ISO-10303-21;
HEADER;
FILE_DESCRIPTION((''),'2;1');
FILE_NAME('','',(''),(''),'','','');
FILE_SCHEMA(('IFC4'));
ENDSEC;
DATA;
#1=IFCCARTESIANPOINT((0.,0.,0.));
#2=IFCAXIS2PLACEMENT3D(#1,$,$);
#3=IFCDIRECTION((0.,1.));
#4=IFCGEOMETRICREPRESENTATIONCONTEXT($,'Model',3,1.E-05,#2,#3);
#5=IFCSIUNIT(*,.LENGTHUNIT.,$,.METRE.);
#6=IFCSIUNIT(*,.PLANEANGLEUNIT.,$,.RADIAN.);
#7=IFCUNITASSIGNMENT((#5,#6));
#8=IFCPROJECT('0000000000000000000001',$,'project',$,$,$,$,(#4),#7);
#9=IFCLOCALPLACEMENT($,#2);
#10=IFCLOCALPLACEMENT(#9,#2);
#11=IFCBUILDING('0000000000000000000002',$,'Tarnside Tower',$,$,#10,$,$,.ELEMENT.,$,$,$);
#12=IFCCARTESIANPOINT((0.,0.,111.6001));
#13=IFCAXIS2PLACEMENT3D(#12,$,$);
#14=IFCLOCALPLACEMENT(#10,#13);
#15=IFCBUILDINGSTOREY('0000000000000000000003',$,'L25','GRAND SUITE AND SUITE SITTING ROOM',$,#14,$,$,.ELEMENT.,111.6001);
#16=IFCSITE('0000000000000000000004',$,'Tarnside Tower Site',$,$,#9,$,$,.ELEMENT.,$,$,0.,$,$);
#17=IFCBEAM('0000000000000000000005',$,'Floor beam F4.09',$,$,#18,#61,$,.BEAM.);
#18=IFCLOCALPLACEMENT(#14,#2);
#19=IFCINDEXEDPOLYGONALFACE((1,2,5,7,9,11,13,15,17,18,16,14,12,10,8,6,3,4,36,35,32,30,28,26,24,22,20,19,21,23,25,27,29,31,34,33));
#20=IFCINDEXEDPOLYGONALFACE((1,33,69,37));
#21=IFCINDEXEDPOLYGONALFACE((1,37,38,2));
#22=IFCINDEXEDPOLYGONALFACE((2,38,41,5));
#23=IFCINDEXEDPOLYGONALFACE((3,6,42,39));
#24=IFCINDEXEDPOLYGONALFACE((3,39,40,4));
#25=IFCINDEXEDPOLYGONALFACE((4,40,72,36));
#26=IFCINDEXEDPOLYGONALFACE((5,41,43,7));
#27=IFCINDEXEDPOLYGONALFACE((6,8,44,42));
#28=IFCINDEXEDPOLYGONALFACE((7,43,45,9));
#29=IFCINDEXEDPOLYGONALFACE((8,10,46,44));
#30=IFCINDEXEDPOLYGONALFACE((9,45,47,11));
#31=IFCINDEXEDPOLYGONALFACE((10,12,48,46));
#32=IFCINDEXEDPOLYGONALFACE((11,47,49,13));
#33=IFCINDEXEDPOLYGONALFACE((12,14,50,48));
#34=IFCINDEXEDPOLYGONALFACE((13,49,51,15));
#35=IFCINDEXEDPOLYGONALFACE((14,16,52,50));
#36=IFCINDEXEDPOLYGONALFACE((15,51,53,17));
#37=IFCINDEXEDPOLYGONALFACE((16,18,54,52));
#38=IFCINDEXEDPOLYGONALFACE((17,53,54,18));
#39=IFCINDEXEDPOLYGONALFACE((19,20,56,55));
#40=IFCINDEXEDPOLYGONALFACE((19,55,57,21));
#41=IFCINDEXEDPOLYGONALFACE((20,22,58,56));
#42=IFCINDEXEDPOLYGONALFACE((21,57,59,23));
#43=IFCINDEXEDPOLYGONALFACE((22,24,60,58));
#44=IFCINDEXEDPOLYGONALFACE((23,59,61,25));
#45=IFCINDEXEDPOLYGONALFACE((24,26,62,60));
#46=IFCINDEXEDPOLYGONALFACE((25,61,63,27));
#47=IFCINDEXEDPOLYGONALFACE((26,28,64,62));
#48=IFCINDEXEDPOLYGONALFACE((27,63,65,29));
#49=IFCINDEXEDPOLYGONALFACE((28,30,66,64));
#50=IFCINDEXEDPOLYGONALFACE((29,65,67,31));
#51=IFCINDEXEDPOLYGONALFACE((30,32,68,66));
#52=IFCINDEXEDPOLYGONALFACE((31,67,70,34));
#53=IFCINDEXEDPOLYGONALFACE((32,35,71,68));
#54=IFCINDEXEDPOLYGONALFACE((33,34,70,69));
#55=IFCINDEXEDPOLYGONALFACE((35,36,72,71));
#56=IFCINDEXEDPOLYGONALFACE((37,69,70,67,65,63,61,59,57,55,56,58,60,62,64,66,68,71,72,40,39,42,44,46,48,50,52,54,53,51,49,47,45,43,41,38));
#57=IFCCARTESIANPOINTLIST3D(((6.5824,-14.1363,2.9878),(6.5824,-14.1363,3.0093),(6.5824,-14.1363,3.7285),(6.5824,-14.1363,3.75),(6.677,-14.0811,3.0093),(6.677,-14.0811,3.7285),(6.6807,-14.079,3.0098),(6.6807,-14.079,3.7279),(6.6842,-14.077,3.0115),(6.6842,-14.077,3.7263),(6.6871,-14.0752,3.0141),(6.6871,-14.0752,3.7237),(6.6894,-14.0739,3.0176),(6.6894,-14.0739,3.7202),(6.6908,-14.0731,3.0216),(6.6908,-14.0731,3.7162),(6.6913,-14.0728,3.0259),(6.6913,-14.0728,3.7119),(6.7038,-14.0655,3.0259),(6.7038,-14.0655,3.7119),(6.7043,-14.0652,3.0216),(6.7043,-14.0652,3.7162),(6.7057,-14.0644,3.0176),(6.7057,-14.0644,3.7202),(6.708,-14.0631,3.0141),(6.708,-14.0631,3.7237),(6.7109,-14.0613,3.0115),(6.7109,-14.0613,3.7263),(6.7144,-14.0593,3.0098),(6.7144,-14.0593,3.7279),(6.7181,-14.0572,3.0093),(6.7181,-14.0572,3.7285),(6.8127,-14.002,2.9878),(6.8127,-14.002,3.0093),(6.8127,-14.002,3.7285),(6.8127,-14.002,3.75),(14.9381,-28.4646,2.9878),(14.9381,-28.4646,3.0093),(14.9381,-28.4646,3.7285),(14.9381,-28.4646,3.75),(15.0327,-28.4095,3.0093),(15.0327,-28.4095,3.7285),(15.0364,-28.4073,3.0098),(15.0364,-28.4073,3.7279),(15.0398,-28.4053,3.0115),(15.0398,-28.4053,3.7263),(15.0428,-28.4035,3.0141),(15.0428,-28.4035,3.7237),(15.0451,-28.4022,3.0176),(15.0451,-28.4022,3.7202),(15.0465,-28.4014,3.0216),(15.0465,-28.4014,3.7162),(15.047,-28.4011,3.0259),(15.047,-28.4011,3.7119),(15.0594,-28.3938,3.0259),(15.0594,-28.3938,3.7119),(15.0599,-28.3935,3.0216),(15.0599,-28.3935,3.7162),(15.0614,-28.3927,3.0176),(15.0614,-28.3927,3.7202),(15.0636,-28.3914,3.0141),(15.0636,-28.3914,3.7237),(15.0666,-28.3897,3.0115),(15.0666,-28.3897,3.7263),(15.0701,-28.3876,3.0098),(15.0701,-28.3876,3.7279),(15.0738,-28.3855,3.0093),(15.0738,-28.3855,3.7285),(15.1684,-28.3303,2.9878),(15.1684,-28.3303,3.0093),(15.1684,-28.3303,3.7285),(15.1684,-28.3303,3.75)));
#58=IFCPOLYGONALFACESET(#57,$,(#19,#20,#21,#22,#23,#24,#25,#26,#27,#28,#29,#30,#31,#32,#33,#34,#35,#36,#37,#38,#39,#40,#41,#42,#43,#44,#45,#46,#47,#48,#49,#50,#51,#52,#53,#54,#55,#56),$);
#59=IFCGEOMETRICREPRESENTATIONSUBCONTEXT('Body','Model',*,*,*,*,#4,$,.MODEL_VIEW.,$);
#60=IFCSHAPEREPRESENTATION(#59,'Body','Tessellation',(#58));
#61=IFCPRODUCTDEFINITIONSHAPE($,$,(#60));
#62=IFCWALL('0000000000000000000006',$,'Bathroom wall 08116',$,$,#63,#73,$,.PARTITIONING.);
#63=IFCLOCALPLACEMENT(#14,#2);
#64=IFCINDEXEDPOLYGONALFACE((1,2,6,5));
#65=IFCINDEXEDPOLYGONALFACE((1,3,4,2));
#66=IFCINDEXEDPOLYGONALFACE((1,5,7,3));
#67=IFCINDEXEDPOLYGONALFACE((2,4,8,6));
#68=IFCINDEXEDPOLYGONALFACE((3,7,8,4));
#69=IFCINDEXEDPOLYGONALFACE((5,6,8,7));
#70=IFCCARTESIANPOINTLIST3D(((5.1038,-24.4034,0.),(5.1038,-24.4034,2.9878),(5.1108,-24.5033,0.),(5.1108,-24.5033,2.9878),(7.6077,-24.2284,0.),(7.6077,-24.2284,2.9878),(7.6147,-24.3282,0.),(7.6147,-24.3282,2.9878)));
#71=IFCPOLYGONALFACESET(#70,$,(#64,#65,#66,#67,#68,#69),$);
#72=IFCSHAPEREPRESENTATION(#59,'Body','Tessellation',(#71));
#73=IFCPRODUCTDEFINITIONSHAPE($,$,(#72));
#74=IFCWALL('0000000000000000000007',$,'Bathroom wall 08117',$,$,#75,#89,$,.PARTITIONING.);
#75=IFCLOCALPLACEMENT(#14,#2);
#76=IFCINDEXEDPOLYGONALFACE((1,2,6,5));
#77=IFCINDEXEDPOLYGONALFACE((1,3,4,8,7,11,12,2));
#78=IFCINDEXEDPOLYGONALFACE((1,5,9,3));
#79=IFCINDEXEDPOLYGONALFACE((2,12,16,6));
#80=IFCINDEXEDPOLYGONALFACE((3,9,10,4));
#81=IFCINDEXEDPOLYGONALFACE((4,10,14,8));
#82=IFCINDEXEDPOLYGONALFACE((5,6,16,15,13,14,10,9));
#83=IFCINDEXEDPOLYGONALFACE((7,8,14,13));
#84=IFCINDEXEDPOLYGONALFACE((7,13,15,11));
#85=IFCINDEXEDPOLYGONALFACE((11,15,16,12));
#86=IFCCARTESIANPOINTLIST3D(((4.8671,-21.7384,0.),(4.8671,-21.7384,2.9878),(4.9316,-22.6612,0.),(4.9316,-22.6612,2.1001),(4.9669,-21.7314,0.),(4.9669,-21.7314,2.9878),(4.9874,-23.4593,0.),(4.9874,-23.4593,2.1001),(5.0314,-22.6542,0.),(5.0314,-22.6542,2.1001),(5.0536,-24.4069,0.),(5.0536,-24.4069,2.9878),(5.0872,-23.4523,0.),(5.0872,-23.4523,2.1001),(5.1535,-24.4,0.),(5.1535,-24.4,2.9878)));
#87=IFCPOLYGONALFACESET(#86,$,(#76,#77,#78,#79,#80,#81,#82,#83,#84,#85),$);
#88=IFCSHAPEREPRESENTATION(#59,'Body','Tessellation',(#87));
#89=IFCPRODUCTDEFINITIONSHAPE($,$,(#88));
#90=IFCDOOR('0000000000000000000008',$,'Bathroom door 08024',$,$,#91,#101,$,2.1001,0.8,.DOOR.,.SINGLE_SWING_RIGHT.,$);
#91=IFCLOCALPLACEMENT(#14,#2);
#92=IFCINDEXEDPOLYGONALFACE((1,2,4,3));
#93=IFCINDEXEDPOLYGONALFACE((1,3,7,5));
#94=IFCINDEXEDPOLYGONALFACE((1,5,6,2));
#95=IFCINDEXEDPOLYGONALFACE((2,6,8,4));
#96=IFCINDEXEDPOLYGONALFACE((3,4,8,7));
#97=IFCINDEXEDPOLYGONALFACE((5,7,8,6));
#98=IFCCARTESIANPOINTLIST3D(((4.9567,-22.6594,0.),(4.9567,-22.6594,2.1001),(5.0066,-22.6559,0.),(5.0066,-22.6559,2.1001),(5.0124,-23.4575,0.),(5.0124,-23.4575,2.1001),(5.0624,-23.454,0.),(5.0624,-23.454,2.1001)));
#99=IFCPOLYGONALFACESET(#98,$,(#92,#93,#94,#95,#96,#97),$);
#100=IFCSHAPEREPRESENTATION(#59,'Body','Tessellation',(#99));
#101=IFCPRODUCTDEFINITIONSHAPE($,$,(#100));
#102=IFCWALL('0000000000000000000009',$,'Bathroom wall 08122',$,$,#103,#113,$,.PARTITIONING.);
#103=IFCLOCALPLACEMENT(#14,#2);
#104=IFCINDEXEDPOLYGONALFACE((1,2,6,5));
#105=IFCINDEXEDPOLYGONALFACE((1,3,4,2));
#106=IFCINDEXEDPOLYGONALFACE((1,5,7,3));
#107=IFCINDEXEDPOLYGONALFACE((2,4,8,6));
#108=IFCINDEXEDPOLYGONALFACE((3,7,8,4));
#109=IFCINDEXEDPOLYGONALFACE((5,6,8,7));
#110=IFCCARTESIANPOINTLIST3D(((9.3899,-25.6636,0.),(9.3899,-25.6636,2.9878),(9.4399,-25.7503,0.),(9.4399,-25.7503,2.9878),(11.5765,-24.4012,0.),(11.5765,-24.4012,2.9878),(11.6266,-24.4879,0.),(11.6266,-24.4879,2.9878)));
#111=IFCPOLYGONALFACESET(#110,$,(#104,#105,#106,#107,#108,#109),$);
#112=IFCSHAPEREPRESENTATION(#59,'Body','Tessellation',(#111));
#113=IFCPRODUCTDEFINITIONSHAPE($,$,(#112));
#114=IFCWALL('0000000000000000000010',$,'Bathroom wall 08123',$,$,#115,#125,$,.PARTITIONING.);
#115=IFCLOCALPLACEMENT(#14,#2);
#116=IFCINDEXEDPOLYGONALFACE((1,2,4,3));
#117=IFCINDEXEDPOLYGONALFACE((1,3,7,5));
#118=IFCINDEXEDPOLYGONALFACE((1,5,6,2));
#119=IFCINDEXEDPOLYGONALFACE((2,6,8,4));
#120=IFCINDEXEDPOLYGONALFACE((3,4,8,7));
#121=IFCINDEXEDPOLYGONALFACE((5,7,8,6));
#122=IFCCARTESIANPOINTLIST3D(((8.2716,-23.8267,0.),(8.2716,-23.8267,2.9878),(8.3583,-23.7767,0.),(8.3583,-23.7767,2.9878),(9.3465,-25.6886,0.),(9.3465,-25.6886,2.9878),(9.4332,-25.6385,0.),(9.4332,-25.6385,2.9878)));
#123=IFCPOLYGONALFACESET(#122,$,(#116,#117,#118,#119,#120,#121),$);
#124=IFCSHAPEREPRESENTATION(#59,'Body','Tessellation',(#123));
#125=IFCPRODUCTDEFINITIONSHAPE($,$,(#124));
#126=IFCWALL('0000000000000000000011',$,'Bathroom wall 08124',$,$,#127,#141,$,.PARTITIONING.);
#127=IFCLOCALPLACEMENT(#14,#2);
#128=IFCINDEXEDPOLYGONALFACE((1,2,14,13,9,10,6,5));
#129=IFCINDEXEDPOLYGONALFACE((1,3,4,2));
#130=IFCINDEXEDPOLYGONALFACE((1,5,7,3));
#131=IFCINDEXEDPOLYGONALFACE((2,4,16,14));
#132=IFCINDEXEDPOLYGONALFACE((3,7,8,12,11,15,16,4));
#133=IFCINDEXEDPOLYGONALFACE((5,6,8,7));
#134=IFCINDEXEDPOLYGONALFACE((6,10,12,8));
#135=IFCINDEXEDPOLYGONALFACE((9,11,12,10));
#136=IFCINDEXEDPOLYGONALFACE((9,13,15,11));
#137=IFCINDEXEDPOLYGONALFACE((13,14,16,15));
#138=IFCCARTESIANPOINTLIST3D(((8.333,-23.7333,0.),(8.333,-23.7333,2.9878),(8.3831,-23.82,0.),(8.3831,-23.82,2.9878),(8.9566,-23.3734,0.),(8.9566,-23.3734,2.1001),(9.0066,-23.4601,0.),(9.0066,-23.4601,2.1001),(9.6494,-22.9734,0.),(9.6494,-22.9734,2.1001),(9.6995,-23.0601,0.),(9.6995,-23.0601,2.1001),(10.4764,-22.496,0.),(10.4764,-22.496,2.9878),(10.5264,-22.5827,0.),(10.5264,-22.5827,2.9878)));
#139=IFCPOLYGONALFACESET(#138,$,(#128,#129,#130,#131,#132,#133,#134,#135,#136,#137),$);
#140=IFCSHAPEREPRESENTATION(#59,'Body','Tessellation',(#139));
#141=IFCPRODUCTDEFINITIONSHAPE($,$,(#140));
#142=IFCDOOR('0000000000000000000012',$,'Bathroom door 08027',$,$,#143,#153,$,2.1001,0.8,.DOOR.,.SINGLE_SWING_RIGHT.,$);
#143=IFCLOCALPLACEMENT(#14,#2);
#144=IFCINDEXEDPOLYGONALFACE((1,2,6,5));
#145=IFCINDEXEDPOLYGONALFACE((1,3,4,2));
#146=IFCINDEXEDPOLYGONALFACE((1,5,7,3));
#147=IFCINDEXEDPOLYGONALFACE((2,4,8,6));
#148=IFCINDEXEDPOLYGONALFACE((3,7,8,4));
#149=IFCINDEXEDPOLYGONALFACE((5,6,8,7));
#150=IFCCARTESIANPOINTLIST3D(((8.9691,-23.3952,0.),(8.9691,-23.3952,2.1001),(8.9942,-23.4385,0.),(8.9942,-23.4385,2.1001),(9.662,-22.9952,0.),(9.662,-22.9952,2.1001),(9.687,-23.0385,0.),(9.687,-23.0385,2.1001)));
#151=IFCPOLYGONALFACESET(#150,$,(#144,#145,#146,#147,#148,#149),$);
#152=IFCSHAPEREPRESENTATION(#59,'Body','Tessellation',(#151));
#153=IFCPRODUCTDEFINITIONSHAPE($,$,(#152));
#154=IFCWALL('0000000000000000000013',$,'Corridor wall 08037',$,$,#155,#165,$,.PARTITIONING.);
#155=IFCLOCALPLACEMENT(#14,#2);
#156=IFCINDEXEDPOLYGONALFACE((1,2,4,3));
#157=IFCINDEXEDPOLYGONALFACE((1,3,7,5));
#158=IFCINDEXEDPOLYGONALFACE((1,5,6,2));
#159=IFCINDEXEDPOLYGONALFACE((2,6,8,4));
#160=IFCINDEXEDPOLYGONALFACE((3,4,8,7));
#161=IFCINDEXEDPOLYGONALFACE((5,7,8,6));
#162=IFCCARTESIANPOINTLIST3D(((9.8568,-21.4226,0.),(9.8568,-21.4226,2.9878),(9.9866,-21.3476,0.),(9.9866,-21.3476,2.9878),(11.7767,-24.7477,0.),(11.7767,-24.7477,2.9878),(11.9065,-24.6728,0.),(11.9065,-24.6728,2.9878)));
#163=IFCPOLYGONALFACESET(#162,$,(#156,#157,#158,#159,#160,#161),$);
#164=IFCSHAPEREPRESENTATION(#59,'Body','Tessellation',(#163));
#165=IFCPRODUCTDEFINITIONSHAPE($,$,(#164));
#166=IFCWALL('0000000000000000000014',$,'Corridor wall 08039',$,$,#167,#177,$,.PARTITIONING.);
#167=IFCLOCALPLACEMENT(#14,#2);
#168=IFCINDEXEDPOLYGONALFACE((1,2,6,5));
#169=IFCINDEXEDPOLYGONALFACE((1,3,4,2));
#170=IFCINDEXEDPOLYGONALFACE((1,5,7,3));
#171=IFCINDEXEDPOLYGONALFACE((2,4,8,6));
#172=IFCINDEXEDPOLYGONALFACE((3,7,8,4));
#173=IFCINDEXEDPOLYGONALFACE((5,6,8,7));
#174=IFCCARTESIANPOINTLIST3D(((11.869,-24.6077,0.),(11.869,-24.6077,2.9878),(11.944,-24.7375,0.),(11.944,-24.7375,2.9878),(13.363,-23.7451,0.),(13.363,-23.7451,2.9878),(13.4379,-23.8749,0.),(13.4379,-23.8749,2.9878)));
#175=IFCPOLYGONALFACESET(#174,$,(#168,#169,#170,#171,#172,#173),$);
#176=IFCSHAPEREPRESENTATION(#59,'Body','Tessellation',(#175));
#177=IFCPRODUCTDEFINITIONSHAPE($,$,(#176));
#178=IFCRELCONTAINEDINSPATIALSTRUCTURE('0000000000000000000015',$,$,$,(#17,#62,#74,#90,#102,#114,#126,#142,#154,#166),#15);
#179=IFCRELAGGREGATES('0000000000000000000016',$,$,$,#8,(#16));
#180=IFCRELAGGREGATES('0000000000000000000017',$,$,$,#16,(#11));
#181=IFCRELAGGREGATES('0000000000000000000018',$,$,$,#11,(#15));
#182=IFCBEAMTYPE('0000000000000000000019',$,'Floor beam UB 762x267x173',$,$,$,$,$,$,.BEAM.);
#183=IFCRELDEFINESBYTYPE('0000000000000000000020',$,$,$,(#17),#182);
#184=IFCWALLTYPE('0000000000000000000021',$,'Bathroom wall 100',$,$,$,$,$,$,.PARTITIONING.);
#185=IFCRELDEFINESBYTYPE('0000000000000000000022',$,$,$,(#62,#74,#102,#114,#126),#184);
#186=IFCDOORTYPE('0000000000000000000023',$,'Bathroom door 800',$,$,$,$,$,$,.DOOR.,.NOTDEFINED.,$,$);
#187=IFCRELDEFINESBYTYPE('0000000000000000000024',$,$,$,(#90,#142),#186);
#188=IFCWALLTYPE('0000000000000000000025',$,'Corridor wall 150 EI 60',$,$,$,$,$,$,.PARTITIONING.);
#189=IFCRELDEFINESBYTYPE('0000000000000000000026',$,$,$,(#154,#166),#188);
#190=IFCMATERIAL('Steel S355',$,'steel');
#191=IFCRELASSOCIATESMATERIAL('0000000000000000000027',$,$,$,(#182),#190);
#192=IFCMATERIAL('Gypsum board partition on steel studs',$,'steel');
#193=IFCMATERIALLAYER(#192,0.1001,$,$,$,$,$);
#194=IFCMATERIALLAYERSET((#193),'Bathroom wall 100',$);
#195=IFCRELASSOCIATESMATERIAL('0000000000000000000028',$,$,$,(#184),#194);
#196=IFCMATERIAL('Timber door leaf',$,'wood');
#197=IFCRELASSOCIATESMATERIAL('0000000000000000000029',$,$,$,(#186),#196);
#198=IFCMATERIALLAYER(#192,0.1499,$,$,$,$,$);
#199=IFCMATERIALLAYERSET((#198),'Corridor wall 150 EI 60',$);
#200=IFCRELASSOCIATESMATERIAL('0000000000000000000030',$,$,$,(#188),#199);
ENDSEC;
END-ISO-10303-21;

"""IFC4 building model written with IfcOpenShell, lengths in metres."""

from ifc_helpers import new_model, si_unit, direction, frame, frame_2d, origin, origin_2d, place, context, subcontext, project, spatial, rectangle, i_section, extrude, material, layer, layer_set, material_profile, profile_set, type_object, element, fill, save


model = new_model("IFC4")

# Units and contexts
model_context = context("Model", 3, precision=1e-05, world=origin(), true_north=direction((0.0, 1.0)))
body_context = subcontext(model_context, "Body", "Model", "MODEL_VIEW")
ifc_project = project(units=[si_unit("LENGTHUNIT", "METRE"), si_unit("PLANEANGLEUNIT", "RADIAN")], contexts=[model_context])

# Site, building, storey
site_placement = place(None, origin())
site = spatial("IfcSite", under=ifc_project, at=site_placement, Name="Tarnside Tower Site", CompositionType="ELEMENT", RefElevation=0.0)
building_placement = place(site_placement, origin())
building = spatial("IfcBuilding", under=site, at=building_placement, Name="Tarnside Tower", CompositionType="ELEMENT")
storey_placement = place(building_placement, frame((0.0, 0.0, 111.6001)))
storey = spatial("IfcBuildingStorey", under=building, at=storey_placement, Name="L25", Description="GRAND SUITE AND SUITE SITTING ROOM", CompositionType="ELEMENT", Elevation=111.6001)

# Beam
ifc_material_1 = material(Name="Steel S355", Category="steel")
ifc_material_profile_1 = material_profile(ifc_material_1, i_section(OverallWidth=0.2666, OverallDepth=0.7622, WebThickness=0.0144, FlangeThickness=0.0215, FilletRadius=0.0166, at=origin_2d()), Name="UB 762x267x173")
ifc_profile_set_1 = profile_set([ifc_material_profile_1], Name="Steel S355")
beam_type_1 = type_object("IfcBeamType", Name="Floor beam UB 762x267x173", PredefinedType="BEAM", material=ifc_profile_set_1)
beam_1_placement = place(storey_placement, frame((15.0532, -28.3975, 3.3689), z_axis=(-0.503758, 0.863845, 0.0), x_axis=(-0.863845, -0.503758, 0.0)))
element("IfcBeam", 1, at=beam_1_placement, inside=storey, type_object=beam_type_1, Name="Floor beam F4.09", PredefinedType="BEAM", context=body_context, shape_type="SweptSolid", body=[
    extrude(i_section(OverallWidth=0.2666, OverallDepth=0.7622, WebThickness=0.0144, FlangeThickness=0.0215, FilletRadius=0.0166, at=origin_2d()), origin(), (0.0, 0.0, 1.0), 16.5867),
])

# Wall
ifc_material_2 = material(Name="Gypsum board partition on steel studs", Category="steel")
ifc_layer_1 = layer(ifc_material_2, 0.1001)
ifc_layer_set_1 = layer_set([ifc_layer_1], Name="Bathroom wall 100")
wall_type_1 = type_object("IfcWallType", Name="Bathroom wall 100", PredefinedType="PARTITIONING", material=ifc_layer_set_1)
wall_1_placement = place(storey_placement, frame((7.6111, -24.2783, 0.0), z_axis=(0.0, 0.0, 1.0), x_axis=(-0.997565, -0.06974, 0.0)))
element("IfcWall", 2, at=wall_1_placement, inside=storey, type_object=wall_type_1, Name="Bathroom wall 08116", PredefinedType="PARTITIONING", context=body_context, shape_type="SweptSolid", body=[
    extrude(rectangle(XDim=2.51, YDim=0.1001, at=frame_2d((1.2549, 0.0))), origin(), (0.0, 0.0, 1.0), 2.9878),
])

# Wall, opening, door
wall_2_placement = place(storey_placement, frame((5.1035, -24.4033, 0.0), z_axis=(0.0, 0.0, 1.0), x_axis=(-0.069729, 0.997566, 0.0)))
wall_2 = element("IfcWall", 3, at=wall_2_placement, inside=storey, type_object=wall_type_1, Name="Bathroom wall 08117", PredefinedType="PARTITIONING", context=body_context, shape_type="SweptSolid", body=[
    extrude(rectangle(XDim=2.675, YDim=0.1001, at=frame_2d((1.3374, 0.0))), origin(), (0.0, 0.0, 1.0), 2.9878),
])
opening_1_placement = place(wall_2_placement, frame((0.95, 0.0, 0.0)))
opening_1 = element("IfcOpeningElement", 4, at=opening_1_placement, cuts=wall_2, PredefinedType="OPENING", context=body_context, shape_type="SweptSolid", body=[
    extrude(rectangle(XDim=0.8, YDim=2.1001, at=frame_2d((0.3999, 1.05))), frame((0.0, 0.0601, 0.0), z_axis=(0.0, -1.0, 0.0), x_axis=(1.0, 0.0, 0.0)), (0.0, 0.0, 1.0), 0.1201),
])
ifc_material_3 = material(Name="Timber door leaf", Category="wood")
door_type = type_object("IfcDoorType", Name="Bathroom door 800", OperationType="NOTDEFINED", PredefinedType="DOOR", material=ifc_material_3)
door_1_placement = place(opening_1_placement, origin())
door_1 = element("IfcDoor", 5, at=door_1_placement, inside=storey, type_object=door_type, Name="Bathroom door 08024", OperationType="SINGLE_SWING_RIGHT", OverallHeight=2.1001, OverallWidth=0.8, PredefinedType="DOOR", context=body_context, shape_type="SweptSolid", body=[
    extrude(rectangle(XDim=0.8, YDim=2.1001, at=frame_2d((0.3999, 1.05))), frame((0.0, 0.0249, 0.0), z_axis=(0.0, -1.0, 0.0), x_axis=(1.0, 0.0, 0.0)), (0.0, 0.0, 1.0), 0.05),
])
fill(opening_1, door_1)

# Walls
wall_3_placement = place(storey_placement, frame((11.6016, -24.4446, 0.0), z_axis=(0.0, 0.0, 1.0), x_axis=(-0.866039, -0.499976, 0.0)))
element("IfcWall", 6, at=wall_3_placement, inside=storey, type_object=wall_type_1, Name="Bathroom wall 08122", PredefinedType="PARTITIONING", context=body_context, shape_type="SweptSolid", body=[
    extrude(rectangle(XDim=2.5249, YDim=0.1001, at=frame_2d((1.2625, 0.0))), origin(), (0.0, 0.0, 1.0), 2.9878),
])
wall_4_placement = place(storey_placement, frame((9.3899, -25.6636, 0.0), z_axis=(0.0, 0.0, 1.0), x_axis=(-0.500011, 0.866019, 0.0)))
element("IfcWall", 7, at=wall_4_placement, inside=storey, type_object=wall_type_1, Name="Bathroom wall 08123", PredefinedType="PARTITIONING", context=body_context, shape_type="SweptSolid", body=[
    extrude(rectangle(XDim=2.1499, YDim=0.1001, at=frame_2d((1.075, 0.0))), origin(), (0.0, 0.0, 1.0), 2.9878),
])

# Wall, opening, door
wall_5_placement = place(storey_placement, frame((8.3582, -23.7766, 0.0), z_axis=(0.0, 0.0, 1.0), x_axis=(0.866049, 0.499959, 0.0)))
wall_5 = element("IfcWall", 8, at=wall_5_placement, inside=storey, type_object=wall_type_1, Name="Bathroom wall 08124", PredefinedType="PARTITIONING", context=body_context, shape_type="SweptSolid", body=[
    extrude(rectangle(XDim=2.4749, YDim=0.1001, at=frame_2d((1.2373, 0.0))), origin(), (0.0, 0.0, 1.0), 2.9878),
])
opening_2_placement = place(wall_5_placement, frame((0.72, 0.0, 0.0)))
opening_2 = element("IfcOpeningElement", 9, at=opening_2_placement, cuts=wall_5, PredefinedType="OPENING", context=body_context, shape_type="SweptSolid", body=[
    extrude(rectangle(XDim=0.8, YDim=2.1001, at=frame_2d((0.3999, 1.05))), frame((0.0, 0.0601, 0.0), z_axis=(0.0, -1.0, 0.0), x_axis=(1.0, 0.0, 0.0)), (0.0, 0.0, 1.0), 0.1201),
])
door_2_placement = place(opening_2_placement, origin())
door_2 = element("IfcDoor", 10, at=door_2_placement, inside=storey, type_object=door_type, Name="Bathroom door 08027", OperationType="SINGLE_SWING_RIGHT", OverallHeight=2.1001, OverallWidth=0.8, PredefinedType="DOOR", context=body_context, shape_type="SweptSolid", body=[
    extrude(rectangle(XDim=0.8, YDim=2.1001, at=frame_2d((0.3999, 1.05))), frame((0.0, 0.0249, 0.0), z_axis=(0.0, -1.0, 0.0), x_axis=(1.0, 0.0, 0.0)), (0.0, 0.0, 1.0), 0.05),
])
fill(opening_2, door_2)

# Walls
ifc_layer_2 = layer(ifc_material_2, 0.1499)
ifc_layer_set_2 = layer_set([ifc_layer_2], Name="Corridor wall 150 EI 60")
wall_type_2 = type_object("IfcWallType", Name="Corridor wall 150 EI 60", PredefinedType="PARTITIONING", material=ifc_layer_set_2)
wall_6_placement = place(storey_placement, frame((9.9216, -21.385, 0.0), z_axis=(0.0, 0.0, 1.0), x_axis=(0.500023, -0.866012, 0.0)))
element("IfcWall", 11, at=wall_6_placement, inside=storey, type_object=wall_type_2, Name="Corridor wall 08037", PredefinedType="PARTITIONING", context=body_context, shape_type="SweptSolid", body=[
    extrude(rectangle(XDim=3.8396, YDim=0.1499, at=frame_2d((1.9199, 0.0))), origin(), (0.0, 0.0, 1.0), 2.9878),
])
wall_7_placement = place(storey_placement, frame((11.9065, -24.6726, 0.0), z_axis=(0.0, 0.0, 1.0), x_axis=(0.866014, 0.500021, 0.0)))
element("IfcWall", 12, at=wall_7_placement, inside=storey, type_object=wall_type_2, Name="Corridor wall 08039", PredefinedType="PARTITIONING", context=body_context, shape_type="SweptSolid", body=[
    extrude(rectangle(XDim=1.7251, YDim=0.1499, at=frame_2d((0.8625, 0.0))), origin(), (0.0, 0.0, 1.0), 2.9878),
])

save(model, "model.ifc")
